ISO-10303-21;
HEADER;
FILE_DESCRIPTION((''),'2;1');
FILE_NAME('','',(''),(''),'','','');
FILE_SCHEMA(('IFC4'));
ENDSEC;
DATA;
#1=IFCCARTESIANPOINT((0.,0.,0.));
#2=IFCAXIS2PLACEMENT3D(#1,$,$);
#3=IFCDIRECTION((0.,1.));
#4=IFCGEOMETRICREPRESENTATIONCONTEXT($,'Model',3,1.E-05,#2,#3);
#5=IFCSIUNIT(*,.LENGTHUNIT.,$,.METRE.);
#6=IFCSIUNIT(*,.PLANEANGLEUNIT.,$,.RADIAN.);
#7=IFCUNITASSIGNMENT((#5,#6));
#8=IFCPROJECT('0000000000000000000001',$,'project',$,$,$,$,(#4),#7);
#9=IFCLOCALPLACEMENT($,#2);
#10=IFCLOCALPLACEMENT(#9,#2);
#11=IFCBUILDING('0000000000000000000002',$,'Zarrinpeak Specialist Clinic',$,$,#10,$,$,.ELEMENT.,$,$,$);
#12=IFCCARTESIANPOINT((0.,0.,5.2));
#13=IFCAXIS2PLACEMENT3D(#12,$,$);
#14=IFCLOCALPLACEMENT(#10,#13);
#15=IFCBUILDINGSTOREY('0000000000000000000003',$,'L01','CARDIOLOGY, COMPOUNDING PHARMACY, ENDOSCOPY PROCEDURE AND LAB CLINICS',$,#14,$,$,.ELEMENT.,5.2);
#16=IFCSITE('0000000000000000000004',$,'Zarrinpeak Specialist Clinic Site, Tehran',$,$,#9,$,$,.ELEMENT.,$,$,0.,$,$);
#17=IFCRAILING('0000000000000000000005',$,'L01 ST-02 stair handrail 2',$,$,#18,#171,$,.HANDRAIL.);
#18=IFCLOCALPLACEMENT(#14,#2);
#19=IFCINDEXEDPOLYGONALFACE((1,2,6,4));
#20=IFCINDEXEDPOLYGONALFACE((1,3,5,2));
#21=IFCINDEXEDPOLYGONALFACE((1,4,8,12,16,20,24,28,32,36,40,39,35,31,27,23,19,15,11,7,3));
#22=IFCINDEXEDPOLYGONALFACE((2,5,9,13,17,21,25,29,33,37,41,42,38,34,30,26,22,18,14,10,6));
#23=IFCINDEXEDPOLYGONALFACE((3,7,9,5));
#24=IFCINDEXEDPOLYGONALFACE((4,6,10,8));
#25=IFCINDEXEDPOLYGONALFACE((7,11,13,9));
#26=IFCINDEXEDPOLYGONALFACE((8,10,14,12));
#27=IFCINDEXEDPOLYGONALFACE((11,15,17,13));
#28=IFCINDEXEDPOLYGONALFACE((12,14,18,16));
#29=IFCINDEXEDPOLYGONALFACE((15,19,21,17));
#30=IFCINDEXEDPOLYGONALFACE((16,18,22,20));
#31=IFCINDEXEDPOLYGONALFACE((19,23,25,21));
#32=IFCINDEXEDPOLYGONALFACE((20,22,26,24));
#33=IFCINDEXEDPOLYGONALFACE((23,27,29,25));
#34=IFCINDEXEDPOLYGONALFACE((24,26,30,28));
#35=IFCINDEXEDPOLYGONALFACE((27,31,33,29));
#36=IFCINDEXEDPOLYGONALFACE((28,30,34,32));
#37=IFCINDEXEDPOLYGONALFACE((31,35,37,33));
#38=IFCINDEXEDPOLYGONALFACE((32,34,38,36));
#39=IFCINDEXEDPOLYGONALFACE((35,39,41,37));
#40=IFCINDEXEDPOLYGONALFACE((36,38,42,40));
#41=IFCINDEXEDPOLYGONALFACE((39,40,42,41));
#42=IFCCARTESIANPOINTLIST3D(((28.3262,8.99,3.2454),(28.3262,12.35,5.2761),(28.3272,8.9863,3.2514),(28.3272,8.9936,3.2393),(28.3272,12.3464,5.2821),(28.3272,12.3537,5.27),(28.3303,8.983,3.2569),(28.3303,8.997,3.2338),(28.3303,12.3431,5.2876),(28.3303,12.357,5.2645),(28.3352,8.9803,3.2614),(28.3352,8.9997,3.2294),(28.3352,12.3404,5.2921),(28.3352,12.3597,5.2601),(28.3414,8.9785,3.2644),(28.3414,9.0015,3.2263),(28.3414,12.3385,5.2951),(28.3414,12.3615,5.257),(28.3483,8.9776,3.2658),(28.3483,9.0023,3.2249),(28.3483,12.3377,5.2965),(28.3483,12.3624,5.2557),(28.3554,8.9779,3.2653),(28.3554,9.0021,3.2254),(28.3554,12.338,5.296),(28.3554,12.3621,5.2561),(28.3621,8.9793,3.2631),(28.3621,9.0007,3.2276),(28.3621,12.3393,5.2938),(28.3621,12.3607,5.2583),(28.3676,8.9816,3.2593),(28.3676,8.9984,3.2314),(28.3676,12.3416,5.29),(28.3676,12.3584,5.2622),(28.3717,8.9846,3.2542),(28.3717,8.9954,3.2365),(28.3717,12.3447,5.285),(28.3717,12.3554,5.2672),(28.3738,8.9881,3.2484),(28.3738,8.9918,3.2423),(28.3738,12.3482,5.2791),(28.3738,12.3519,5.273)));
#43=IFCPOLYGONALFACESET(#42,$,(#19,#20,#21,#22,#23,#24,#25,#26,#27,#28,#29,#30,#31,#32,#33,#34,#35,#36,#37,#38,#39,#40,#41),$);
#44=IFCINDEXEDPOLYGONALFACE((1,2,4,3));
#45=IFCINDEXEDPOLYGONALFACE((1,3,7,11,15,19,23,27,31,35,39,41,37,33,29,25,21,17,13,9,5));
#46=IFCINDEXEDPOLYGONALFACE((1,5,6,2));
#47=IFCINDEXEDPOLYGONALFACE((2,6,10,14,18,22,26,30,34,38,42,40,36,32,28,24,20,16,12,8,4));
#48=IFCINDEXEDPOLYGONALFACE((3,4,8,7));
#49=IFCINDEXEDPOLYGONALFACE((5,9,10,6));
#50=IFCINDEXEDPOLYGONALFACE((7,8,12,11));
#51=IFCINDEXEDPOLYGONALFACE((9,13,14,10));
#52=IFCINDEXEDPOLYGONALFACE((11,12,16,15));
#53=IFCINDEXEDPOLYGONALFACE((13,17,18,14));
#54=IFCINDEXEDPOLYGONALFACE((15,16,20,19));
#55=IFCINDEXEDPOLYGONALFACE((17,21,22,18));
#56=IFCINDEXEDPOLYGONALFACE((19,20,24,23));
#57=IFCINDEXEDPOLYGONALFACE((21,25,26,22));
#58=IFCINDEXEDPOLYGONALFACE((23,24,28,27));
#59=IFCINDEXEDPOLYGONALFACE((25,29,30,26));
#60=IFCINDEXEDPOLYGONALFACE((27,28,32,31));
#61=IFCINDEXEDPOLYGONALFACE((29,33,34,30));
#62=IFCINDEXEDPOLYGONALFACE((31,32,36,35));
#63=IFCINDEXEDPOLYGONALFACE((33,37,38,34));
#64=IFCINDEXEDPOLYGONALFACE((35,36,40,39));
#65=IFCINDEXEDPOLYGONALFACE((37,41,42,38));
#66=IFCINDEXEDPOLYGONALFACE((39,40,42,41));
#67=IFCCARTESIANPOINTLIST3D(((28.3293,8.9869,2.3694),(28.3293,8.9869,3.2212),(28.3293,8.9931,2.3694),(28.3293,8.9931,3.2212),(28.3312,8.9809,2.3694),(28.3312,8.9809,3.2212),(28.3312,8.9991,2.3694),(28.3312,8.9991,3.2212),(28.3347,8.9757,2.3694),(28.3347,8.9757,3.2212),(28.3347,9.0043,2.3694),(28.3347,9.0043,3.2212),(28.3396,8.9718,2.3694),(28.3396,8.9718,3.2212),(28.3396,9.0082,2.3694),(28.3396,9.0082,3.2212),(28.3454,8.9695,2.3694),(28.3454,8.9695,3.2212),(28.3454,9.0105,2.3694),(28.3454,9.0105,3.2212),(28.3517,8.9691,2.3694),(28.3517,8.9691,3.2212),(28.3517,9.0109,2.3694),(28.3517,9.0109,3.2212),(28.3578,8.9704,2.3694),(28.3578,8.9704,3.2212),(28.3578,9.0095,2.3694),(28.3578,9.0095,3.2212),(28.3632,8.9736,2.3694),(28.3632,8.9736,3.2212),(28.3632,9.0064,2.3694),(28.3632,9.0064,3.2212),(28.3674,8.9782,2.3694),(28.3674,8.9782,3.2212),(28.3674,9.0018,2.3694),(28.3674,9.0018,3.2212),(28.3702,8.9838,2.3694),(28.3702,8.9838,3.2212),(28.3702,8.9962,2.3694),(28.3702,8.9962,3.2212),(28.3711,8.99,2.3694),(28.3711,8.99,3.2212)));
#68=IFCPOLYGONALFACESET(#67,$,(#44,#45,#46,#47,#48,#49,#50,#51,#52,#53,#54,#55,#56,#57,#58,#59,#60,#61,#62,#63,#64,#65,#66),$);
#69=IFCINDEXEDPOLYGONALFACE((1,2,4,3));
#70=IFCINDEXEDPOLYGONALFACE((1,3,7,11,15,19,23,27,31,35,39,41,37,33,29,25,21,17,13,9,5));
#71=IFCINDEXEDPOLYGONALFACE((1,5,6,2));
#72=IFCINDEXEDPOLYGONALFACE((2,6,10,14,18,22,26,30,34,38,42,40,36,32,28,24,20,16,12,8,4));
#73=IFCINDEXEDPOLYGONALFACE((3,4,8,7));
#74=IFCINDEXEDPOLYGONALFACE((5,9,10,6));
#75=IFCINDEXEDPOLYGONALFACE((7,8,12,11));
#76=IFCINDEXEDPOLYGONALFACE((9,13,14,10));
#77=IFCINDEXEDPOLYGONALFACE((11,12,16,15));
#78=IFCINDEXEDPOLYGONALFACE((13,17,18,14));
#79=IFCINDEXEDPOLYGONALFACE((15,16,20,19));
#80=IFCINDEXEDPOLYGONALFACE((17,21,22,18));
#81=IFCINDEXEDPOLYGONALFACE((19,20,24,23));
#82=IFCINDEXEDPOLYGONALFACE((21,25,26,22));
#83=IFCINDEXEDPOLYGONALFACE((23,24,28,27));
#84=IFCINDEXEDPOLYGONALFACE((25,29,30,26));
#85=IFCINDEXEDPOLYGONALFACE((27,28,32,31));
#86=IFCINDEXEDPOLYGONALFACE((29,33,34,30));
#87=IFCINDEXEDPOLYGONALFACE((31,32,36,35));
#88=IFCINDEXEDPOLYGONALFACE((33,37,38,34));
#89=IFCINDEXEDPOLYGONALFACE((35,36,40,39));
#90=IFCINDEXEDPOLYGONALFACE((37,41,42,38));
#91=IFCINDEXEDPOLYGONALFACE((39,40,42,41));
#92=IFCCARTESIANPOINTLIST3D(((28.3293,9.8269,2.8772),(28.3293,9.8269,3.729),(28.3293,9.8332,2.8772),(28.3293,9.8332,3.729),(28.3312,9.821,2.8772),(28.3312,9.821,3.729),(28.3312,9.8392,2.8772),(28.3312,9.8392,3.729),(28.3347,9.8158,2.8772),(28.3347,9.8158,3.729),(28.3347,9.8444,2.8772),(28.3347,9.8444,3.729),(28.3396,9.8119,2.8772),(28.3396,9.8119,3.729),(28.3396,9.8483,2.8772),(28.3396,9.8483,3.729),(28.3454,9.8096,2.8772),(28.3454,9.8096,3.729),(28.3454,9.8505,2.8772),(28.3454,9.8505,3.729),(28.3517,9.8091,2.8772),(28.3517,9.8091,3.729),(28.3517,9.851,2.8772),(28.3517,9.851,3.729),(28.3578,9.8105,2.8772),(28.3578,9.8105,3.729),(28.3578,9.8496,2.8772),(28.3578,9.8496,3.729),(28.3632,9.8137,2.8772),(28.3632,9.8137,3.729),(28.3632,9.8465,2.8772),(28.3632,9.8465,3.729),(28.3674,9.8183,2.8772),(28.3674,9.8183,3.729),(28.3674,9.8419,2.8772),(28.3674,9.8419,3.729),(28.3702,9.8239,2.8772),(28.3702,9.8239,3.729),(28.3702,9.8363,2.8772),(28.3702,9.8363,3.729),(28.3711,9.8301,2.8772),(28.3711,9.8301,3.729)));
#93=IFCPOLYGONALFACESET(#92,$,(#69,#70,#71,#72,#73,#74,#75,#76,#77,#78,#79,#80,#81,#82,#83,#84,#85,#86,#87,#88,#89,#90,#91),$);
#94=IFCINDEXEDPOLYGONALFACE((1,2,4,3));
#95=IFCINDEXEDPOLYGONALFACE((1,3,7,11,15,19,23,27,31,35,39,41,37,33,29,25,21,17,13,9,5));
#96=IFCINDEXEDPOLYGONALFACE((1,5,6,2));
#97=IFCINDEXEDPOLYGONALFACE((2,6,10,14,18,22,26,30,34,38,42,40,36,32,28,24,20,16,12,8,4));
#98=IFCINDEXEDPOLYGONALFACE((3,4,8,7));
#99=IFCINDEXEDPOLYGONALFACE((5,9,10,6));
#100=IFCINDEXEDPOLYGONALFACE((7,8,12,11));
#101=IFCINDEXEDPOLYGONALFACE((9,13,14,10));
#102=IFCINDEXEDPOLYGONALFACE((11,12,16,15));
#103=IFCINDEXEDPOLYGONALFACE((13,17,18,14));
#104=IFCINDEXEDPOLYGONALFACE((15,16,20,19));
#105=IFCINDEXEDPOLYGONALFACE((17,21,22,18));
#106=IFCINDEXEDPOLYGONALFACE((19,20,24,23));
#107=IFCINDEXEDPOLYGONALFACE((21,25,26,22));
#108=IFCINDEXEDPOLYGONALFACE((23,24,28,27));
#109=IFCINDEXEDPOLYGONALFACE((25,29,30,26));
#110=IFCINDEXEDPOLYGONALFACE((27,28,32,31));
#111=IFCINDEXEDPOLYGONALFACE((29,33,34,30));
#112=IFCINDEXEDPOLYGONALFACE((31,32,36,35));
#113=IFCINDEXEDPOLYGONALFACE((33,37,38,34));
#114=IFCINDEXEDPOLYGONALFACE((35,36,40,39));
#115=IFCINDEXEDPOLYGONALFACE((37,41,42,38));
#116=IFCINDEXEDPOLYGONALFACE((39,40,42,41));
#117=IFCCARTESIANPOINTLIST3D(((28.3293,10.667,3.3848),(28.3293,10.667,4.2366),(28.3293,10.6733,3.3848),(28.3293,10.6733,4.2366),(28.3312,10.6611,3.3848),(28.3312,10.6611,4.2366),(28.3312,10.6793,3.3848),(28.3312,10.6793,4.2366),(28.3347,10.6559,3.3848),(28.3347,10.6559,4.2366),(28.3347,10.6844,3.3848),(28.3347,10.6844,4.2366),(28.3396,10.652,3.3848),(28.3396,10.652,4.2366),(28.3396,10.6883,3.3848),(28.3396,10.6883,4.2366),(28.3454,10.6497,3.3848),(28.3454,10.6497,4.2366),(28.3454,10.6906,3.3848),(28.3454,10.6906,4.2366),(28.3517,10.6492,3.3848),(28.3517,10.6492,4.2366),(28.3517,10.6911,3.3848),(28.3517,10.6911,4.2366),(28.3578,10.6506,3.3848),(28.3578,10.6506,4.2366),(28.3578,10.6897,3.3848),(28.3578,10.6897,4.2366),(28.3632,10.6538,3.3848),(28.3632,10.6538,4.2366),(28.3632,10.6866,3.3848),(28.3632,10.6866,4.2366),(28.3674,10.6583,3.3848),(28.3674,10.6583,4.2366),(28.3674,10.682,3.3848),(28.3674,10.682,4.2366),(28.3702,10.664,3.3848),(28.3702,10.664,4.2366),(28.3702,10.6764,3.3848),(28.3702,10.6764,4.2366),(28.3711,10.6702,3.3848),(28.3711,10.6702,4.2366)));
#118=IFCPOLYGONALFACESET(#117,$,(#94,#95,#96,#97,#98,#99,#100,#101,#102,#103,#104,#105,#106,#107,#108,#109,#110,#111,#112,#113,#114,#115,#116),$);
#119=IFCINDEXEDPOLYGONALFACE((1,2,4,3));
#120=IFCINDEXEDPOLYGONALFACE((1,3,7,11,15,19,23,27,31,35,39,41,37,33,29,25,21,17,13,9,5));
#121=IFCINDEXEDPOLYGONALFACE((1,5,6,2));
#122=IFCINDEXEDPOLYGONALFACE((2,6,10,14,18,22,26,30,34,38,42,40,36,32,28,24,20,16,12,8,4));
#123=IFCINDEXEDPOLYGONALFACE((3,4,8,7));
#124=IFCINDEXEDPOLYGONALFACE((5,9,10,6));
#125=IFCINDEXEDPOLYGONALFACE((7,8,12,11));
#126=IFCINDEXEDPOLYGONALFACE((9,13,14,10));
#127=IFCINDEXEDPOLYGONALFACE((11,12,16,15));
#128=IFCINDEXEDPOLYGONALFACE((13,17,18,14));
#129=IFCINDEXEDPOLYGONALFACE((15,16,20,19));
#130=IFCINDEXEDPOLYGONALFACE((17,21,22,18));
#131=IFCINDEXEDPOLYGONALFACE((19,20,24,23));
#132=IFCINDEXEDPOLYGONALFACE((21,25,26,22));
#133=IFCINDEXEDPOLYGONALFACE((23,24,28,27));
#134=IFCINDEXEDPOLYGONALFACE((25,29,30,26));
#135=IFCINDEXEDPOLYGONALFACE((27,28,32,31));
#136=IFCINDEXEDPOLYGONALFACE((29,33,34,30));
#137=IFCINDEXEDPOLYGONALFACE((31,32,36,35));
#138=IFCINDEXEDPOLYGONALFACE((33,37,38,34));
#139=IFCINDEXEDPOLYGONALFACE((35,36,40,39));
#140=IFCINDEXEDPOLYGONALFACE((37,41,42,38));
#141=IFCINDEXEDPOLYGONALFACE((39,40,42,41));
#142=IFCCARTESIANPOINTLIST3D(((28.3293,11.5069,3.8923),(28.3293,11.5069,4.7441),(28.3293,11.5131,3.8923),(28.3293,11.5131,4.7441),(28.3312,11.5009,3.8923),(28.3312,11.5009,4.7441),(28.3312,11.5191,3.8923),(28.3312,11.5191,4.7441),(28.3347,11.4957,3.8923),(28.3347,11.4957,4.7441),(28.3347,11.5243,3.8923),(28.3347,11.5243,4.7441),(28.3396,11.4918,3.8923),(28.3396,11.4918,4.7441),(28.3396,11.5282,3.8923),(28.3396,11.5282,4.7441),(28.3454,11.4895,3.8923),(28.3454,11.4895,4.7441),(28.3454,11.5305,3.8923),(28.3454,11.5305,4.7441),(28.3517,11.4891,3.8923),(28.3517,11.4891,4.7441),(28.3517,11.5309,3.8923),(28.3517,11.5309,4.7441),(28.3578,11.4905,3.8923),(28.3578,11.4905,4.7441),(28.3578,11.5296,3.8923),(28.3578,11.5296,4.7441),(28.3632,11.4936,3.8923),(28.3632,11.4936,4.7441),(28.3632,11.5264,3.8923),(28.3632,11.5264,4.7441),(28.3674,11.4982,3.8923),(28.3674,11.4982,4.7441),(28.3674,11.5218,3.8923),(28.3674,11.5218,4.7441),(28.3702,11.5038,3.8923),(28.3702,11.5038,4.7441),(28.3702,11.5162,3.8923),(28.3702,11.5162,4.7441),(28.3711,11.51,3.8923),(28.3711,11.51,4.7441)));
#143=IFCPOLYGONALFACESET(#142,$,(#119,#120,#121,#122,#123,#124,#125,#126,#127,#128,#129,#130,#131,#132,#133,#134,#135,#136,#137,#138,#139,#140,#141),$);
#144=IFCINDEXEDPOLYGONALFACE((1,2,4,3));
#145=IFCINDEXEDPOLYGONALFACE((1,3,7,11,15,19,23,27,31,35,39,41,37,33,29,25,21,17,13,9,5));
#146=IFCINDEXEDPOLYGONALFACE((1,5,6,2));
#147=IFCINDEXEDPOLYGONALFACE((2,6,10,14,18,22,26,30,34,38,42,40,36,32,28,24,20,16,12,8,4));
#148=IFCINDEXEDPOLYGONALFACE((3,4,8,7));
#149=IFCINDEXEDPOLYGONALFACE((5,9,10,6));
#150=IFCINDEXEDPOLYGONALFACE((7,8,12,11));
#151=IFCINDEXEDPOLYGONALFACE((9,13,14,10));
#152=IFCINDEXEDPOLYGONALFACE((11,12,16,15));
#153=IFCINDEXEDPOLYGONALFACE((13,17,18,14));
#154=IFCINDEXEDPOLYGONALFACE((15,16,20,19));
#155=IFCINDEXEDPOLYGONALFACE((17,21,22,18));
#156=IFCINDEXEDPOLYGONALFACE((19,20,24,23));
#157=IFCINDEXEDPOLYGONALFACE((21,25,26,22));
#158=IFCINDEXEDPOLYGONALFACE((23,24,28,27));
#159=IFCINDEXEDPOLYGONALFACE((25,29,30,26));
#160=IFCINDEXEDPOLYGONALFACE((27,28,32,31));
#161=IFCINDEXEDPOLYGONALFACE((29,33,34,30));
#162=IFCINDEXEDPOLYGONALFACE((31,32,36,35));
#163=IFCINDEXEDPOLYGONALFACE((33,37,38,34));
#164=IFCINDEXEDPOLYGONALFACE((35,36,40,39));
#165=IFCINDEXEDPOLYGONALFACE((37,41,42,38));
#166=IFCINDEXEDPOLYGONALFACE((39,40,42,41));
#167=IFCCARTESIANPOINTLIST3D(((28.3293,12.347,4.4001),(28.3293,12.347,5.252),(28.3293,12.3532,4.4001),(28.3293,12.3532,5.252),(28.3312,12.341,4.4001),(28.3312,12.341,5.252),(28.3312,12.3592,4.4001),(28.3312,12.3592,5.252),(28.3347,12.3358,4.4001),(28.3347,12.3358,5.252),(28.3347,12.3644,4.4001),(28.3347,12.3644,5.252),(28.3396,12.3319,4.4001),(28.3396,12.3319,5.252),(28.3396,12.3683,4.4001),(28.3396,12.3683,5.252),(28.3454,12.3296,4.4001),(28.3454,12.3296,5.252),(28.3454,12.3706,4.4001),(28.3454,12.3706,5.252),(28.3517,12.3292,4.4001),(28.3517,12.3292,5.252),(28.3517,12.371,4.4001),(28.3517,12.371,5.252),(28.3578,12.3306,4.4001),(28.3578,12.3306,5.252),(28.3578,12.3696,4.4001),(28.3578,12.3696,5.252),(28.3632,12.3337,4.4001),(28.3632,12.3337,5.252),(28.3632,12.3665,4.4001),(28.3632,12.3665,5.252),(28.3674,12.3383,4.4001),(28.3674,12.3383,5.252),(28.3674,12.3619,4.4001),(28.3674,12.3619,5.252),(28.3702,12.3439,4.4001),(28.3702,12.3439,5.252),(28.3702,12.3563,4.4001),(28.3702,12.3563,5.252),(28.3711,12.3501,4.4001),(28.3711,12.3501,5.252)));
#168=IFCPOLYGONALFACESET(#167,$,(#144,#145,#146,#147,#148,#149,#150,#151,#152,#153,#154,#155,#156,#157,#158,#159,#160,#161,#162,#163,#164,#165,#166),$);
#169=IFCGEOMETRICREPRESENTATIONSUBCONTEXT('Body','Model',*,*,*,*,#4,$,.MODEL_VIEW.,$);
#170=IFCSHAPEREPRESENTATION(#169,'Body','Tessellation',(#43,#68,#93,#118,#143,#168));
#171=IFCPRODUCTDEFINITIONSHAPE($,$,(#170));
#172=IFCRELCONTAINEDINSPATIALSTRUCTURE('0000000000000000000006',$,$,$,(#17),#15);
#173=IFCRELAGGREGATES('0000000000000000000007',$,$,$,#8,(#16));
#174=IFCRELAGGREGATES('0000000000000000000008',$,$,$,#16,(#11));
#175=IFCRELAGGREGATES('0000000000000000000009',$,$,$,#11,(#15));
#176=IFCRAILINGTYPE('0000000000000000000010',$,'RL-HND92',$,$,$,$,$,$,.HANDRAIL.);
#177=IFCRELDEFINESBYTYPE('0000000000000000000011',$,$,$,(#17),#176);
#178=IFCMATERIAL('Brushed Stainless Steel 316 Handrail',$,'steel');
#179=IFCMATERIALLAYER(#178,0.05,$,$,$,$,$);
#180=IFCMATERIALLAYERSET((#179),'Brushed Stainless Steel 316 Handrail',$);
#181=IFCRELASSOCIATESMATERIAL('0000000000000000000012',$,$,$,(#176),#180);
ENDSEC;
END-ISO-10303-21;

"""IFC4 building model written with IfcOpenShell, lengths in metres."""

from ifc_helpers import new_model, si_unit, direction, frame, origin, origin_2d, place, context, subcontext, project, spatial, circle, extrude, material, layer, layer_set, type_object, element, save


model = new_model("IFC4")

# Units and contexts
model_context = context("Model", 3, precision=1e-05, world=origin(), true_north=direction((0.0, 1.0)))
body_context = subcontext(model_context, "Body", "Model", "MODEL_VIEW")
ifc_project = project(units=[si_unit("LENGTHUNIT", "METRE"), si_unit("PLANEANGLEUNIT", "RADIAN")], contexts=[model_context])

# Site, building, storey
site_placement = place(None, origin())
site = spatial("IfcSite", under=ifc_project, at=site_placement, Name="Zarrinpeak Specialist Clinic Site, Tehran", CompositionType="ELEMENT", RefElevation=0.0)
building_placement = place(site_placement, origin())
building = spatial("IfcBuilding", under=site, at=building_placement, Name="Zarrinpeak Specialist Clinic", CompositionType="ELEMENT")
storey_placement = place(building_placement, frame((0.0, 0.0, 5.2)))
storey = spatial("IfcBuildingStorey", under=building, at=storey_placement, Name="L01", Description="CARDIOLOGY, COMPOUNDING PHARMACY, ENDOSCOPY PROCEDURE AND LAB CLINICS", CompositionType="ELEMENT", Elevation=5.2)

# Railing
ifc_material_1 = material(Name="Brushed Stainless Steel 316 Handrail", Category="steel")
ifc_layer_1 = layer(ifc_material_1, 0.05)
ifc_layer_set_1 = layer_set([ifc_layer_1], Name="Brushed Stainless Steel 316 Handrail")
railing_type_1 = type_object("IfcRailingType", Name="RL-HND92", PredefinedType="HANDRAIL", material=ifc_layer_set_1)
railing_1_placement = place(storey_placement, frame((28.3501, 8.99, 2.3694)))
element("IfcRailing", 1, at=railing_1_placement, inside=storey, type_object=railing_type_1, Name="L01 ST-02 stair handrail 2", PredefinedType="HANDRAIL", context=body_context, shape_type="SweptSolid", body=[
    extrude(circle(Radius=0.0239, at=origin_2d()), frame((0.0, 0.0, 0.876), z_axis=(0.0, 0.855837, 0.517246), x_axis=(-1.0, 0.0, 0.0)), (0.0, 0.0, 1.0), 3.926),
    extrude(circle(Radius=0.021, at=origin_2d()), origin(), (0.0, 0.0, 1.0), 0.8518),
    extrude(circle(Radius=0.021, at=origin_2d()), frame((0.0, 0.8401, 0.5078)), (0.0, 0.0, 1.0), 0.8518),
    extrude(circle(Radius=0.021, at=origin_2d()), frame((0.0, 1.6802, 1.0154)), (0.0, 0.0, 1.0), 0.8518),
    extrude(circle(Radius=0.021, at=origin_2d()), frame((0.0, 2.52, 1.5229)), (0.0, 0.0, 1.0), 0.8518),
    extrude(circle(Radius=0.021, at=origin_2d()), frame((0.0, 3.3601, 2.0308)), (0.0, 0.0, 1.0), 0.8518),
])

save(model, "model.ifc")
